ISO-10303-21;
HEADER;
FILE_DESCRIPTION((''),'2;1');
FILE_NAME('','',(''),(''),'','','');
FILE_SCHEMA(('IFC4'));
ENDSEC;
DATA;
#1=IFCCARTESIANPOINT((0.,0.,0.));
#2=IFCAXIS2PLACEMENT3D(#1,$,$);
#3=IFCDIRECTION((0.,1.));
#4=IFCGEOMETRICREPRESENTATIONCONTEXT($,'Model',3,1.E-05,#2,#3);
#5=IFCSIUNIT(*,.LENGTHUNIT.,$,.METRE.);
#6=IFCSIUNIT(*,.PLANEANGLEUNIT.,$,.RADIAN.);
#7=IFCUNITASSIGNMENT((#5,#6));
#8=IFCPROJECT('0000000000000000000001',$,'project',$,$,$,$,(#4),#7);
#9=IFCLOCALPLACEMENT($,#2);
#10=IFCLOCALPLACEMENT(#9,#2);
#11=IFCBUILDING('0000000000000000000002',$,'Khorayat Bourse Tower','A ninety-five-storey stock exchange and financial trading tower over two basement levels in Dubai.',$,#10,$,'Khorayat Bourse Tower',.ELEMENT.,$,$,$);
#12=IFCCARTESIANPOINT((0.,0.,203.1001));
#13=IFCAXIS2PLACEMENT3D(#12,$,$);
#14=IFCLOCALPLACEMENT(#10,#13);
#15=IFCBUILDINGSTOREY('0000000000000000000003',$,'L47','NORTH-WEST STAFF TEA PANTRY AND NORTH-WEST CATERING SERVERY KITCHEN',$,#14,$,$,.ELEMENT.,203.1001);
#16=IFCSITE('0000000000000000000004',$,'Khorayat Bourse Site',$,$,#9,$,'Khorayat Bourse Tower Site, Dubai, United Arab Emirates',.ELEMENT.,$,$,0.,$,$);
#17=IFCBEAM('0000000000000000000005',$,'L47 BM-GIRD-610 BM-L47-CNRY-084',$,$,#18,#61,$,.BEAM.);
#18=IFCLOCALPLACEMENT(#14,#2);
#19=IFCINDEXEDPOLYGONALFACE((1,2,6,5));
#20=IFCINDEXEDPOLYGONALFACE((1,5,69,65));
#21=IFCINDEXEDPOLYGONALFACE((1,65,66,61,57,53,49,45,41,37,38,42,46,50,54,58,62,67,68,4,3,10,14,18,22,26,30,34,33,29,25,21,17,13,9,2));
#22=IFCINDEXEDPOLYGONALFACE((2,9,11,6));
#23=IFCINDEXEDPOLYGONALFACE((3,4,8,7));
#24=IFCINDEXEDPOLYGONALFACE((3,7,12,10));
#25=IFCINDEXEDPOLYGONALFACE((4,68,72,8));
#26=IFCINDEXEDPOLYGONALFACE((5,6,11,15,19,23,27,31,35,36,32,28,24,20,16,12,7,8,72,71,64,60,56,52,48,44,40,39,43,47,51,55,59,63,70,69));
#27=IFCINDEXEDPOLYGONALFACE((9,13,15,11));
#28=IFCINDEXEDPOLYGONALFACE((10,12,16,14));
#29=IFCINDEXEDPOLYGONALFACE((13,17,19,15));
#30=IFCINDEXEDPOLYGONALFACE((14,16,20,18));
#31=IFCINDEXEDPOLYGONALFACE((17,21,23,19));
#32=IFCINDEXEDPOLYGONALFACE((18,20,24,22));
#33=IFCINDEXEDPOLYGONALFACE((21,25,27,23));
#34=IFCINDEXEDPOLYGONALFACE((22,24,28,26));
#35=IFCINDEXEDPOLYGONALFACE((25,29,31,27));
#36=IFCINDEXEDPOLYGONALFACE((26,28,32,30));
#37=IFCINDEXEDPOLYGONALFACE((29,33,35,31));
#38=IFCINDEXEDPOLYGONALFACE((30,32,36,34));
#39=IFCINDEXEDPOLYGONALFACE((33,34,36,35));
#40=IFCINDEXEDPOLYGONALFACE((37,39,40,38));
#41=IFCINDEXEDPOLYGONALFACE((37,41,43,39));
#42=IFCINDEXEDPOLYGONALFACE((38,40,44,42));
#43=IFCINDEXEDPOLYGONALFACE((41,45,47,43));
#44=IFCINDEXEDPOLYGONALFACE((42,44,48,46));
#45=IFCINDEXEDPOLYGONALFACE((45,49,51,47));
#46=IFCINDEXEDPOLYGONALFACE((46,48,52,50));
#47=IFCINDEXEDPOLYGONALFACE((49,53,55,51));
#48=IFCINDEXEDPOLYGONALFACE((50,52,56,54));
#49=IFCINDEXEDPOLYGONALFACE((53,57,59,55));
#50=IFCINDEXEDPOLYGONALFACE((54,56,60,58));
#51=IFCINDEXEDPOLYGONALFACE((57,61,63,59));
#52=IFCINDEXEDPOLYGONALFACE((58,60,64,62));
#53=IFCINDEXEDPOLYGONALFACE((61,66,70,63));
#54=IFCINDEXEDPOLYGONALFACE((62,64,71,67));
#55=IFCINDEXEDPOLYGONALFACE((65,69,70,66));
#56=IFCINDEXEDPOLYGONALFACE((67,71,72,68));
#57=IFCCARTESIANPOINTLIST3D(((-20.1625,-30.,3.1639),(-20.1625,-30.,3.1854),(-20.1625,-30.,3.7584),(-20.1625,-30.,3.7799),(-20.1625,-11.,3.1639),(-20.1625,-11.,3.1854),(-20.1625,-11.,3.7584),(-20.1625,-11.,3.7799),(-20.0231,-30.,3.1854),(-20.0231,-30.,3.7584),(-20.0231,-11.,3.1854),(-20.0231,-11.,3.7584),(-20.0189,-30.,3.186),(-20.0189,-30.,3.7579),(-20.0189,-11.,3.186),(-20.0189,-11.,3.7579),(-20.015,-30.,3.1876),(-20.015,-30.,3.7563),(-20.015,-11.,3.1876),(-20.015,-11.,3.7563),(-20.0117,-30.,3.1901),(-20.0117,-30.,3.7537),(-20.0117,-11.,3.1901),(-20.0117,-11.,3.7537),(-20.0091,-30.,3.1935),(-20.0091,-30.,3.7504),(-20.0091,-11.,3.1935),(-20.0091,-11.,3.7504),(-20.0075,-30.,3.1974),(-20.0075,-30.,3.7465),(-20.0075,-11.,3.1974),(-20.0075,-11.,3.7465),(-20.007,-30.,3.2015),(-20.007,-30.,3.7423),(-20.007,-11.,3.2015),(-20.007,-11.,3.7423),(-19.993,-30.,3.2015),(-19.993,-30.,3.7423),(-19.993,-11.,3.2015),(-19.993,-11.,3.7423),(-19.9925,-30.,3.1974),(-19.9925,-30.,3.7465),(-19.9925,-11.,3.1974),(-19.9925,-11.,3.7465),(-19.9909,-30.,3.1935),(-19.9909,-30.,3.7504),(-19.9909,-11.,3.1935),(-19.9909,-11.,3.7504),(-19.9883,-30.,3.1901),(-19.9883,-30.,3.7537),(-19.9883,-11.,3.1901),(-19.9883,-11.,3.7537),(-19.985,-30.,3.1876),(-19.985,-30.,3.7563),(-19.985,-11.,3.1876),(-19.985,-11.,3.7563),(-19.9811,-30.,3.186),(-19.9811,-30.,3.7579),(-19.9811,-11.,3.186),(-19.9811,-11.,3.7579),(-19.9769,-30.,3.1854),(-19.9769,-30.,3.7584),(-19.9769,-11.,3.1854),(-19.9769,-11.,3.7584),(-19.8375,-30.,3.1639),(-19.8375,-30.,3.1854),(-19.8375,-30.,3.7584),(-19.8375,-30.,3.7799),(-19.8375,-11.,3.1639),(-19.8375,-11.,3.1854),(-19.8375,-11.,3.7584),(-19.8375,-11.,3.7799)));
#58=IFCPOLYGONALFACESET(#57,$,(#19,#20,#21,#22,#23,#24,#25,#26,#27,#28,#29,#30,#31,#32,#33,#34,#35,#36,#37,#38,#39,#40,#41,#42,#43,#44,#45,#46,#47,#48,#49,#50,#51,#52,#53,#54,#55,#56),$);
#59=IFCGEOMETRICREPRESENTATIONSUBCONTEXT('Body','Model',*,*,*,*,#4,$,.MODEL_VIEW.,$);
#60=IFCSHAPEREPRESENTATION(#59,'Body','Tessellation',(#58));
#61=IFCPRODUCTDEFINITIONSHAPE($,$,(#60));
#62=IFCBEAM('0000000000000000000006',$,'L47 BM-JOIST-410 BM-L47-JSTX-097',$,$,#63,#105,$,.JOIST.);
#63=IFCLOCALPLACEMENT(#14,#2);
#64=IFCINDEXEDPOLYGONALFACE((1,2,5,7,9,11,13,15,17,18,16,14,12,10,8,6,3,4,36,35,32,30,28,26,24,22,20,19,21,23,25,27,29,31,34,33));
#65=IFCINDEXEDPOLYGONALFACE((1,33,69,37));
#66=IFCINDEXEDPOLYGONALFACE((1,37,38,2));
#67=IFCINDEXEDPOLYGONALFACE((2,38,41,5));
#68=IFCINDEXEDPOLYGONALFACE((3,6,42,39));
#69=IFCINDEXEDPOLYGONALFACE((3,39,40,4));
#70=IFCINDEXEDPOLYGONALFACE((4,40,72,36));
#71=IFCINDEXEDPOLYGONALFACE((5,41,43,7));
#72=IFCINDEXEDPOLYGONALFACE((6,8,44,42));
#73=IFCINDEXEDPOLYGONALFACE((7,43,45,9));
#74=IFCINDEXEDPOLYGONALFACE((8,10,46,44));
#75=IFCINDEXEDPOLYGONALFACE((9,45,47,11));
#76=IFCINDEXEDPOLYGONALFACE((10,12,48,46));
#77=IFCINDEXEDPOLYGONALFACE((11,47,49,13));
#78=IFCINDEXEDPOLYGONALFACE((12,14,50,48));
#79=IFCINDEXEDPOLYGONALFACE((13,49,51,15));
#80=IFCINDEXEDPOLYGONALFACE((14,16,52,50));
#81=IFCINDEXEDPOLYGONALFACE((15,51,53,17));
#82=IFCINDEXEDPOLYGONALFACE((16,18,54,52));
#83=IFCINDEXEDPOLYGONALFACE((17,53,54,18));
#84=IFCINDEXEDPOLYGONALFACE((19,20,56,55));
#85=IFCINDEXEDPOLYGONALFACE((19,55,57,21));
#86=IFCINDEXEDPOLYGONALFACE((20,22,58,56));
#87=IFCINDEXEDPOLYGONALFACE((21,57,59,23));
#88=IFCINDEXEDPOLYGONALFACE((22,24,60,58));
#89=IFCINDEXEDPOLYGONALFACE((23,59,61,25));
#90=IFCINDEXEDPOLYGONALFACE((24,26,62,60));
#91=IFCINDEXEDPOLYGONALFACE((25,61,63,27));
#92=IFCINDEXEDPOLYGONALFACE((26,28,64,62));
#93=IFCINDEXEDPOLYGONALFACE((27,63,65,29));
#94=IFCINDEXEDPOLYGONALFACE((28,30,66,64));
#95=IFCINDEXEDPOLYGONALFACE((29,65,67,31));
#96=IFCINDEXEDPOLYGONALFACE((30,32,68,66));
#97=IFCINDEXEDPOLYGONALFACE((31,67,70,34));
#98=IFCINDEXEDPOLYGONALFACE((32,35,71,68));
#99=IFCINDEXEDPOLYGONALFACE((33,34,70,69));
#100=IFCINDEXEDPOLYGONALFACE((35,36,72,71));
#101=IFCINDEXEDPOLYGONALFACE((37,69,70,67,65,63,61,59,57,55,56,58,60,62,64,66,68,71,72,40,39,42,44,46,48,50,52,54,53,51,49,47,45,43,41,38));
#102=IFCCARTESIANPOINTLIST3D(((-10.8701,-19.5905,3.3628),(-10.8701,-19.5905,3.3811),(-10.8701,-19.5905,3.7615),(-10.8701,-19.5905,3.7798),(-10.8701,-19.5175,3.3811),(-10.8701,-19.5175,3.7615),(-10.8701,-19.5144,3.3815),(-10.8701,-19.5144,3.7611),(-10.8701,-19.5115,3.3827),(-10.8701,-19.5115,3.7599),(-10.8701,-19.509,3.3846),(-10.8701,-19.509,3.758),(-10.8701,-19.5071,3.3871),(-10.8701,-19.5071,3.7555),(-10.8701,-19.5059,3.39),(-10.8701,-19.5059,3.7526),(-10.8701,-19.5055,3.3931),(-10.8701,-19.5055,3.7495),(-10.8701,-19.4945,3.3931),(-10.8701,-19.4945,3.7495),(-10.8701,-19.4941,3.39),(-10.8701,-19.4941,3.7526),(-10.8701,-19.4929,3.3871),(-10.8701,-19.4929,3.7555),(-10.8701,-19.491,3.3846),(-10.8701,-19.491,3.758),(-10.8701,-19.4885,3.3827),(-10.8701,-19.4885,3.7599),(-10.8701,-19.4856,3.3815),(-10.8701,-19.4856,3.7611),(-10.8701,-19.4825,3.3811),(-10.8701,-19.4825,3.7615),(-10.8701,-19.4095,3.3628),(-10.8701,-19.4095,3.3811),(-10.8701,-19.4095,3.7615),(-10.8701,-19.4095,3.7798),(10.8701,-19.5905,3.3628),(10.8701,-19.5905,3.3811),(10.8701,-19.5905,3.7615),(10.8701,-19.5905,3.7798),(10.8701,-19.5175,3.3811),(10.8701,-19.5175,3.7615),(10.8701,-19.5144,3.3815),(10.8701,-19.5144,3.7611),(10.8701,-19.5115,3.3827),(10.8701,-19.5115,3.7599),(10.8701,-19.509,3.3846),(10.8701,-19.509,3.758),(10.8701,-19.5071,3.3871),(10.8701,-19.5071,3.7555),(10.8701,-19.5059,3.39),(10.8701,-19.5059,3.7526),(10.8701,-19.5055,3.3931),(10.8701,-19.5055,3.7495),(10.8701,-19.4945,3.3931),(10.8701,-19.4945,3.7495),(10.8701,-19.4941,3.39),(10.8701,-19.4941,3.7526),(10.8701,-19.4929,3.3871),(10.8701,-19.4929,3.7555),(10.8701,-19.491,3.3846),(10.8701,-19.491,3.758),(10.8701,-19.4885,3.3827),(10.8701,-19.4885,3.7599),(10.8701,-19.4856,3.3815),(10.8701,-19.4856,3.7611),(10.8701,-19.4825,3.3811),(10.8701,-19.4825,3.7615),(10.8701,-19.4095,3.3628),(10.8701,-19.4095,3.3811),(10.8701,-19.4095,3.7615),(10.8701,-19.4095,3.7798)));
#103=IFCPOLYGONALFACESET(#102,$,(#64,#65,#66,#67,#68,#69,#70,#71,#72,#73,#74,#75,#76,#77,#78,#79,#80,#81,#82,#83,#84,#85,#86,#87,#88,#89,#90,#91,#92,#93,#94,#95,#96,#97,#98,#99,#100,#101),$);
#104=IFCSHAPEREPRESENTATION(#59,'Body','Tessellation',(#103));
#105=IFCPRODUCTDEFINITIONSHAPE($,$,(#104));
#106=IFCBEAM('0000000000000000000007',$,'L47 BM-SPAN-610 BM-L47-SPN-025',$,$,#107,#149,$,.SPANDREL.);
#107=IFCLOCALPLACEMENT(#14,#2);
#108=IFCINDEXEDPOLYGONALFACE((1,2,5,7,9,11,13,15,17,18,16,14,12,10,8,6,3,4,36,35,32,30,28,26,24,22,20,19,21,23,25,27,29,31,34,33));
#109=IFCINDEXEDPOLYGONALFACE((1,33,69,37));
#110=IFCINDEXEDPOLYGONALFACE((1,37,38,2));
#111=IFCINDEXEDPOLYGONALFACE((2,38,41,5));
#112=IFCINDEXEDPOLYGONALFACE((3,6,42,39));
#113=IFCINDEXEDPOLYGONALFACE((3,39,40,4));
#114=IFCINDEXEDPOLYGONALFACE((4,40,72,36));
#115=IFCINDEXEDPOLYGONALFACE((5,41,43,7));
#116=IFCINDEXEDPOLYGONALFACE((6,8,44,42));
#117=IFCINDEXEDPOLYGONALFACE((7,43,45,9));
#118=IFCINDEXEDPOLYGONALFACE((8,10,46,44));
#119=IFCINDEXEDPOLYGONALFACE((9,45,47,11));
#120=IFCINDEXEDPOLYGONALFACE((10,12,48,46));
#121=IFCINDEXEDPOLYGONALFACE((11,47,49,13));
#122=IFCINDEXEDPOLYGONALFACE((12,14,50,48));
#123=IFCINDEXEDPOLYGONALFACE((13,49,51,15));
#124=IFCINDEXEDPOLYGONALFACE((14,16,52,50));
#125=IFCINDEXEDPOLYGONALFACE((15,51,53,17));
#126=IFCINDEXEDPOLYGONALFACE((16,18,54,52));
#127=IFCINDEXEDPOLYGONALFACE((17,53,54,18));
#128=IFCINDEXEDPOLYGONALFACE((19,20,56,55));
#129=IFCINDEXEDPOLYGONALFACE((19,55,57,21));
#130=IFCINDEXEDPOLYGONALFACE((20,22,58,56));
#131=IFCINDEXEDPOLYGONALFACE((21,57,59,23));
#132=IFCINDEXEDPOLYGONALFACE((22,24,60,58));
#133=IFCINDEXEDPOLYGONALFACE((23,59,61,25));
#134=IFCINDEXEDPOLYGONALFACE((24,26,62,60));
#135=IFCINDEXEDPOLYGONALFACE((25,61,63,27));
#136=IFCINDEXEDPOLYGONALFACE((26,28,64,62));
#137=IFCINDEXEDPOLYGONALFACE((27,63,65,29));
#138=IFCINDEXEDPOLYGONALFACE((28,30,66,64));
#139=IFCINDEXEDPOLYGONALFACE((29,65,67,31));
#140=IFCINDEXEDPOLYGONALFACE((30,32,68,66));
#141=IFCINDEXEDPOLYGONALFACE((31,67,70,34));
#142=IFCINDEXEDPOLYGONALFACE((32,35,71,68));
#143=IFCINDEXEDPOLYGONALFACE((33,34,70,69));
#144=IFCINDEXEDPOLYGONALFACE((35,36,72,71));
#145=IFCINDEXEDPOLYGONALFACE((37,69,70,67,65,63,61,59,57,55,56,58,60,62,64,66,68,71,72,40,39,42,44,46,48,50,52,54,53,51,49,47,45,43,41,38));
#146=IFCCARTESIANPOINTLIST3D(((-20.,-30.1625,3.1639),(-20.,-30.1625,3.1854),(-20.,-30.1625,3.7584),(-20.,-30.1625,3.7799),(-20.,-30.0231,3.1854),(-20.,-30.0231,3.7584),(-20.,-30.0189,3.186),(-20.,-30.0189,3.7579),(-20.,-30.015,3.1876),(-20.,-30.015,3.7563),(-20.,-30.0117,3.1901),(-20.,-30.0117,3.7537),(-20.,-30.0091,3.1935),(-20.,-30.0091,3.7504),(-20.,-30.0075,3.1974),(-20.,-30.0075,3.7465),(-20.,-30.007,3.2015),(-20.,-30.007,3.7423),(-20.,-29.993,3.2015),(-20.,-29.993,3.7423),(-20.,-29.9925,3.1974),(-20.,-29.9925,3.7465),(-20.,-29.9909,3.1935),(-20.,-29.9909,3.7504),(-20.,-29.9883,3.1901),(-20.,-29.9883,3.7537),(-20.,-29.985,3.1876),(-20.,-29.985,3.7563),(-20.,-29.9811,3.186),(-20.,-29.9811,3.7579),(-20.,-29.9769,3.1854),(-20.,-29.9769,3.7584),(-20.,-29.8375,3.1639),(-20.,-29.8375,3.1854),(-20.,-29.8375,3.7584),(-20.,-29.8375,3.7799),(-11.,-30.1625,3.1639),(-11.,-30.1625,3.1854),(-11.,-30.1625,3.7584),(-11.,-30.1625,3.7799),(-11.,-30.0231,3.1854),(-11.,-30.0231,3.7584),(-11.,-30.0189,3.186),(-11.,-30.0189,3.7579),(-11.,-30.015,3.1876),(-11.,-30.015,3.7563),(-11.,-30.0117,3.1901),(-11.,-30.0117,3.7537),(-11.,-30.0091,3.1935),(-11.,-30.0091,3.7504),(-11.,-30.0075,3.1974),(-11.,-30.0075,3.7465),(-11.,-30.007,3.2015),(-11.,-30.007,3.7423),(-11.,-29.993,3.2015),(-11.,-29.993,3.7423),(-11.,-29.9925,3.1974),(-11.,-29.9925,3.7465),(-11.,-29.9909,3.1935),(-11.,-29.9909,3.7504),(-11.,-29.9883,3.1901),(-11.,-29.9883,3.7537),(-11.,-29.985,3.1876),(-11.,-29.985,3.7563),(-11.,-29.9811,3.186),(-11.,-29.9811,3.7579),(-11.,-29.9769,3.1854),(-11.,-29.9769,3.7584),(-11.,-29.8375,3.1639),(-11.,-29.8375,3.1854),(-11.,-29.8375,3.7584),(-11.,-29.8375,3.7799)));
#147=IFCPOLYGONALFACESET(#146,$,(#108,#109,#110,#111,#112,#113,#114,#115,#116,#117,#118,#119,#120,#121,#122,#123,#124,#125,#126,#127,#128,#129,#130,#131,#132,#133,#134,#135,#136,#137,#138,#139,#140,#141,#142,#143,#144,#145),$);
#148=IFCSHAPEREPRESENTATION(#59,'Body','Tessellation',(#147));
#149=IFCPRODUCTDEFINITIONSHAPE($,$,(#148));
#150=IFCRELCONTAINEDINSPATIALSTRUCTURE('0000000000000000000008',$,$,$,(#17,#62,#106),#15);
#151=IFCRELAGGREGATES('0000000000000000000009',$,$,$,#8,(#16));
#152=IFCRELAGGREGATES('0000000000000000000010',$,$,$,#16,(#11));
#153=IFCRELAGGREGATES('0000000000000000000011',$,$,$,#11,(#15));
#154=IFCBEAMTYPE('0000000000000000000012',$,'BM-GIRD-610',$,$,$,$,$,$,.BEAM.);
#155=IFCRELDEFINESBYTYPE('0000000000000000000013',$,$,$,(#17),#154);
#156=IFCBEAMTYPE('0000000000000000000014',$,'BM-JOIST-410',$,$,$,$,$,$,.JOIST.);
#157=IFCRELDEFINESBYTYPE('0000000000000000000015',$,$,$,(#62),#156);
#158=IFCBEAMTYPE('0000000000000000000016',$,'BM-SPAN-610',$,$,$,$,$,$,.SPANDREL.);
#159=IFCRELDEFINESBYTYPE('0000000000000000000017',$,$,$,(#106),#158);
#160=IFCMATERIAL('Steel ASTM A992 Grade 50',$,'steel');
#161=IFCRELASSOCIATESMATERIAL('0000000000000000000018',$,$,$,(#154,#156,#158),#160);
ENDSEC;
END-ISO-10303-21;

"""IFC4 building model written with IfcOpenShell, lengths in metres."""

from ifc_helpers import new_model, si_unit, direction, frame, origin, origin_2d, place, context, subcontext, project, spatial, i_section, extrude, source, transform, mapped, material, material_profile, profile_set, type_object, element, save


model = new_model("IFC4")

# Units and contexts
model_context = context("Model", 3, precision=1e-05, world=origin(), true_north=direction((0.0, 1.0)))
body_context = subcontext(model_context, "Body", "Model", "MODEL_VIEW")
ifc_project = project(units=[si_unit("LENGTHUNIT", "METRE"), si_unit("PLANEANGLEUNIT", "RADIAN")], contexts=[model_context])

# Site, building, storey
site_placement = place(None, origin())
site = spatial("IfcSite", under=ifc_project, at=site_placement, Name="Khorayat Bourse Site", LongName="Khorayat Bourse Tower Site, Dubai, United Arab Emirates", CompositionType="ELEMENT", RefElevation=0.0)
building_placement = place(site_placement, origin())
building = spatial("IfcBuilding", under=site, at=building_placement, Name="Khorayat Bourse Tower", Description="A ninety-five-storey stock exchange and financial trading tower over two basement levels in Dubai.", LongName="Khorayat Bourse Tower", CompositionType="ELEMENT")
storey_placement = place(building_placement, frame((0.0, 0.0, 203.1001)))
storey = spatial("IfcBuildingStorey", under=building, at=storey_placement, Name="L47", Description="NORTH-WEST STAFF TEA PANTRY AND NORTH-WEST CATERING SERVERY KITCHEN", CompositionType="ELEMENT", Elevation=203.1001)

# Beams
ifc_material_1 = material(Name="Steel ASTM A992 Grade 50", Category="steel")
ifc_material_profile_1 = material_profile(ifc_material_1, i_section(OverallWidth=0.325, OverallDepth=0.616, WebThickness=0.0139, FlangeThickness=0.0215, FilletRadius=0.0161, at=origin_2d()), Name="W610X174")
ifc_profile_set_1 = profile_set([ifc_material_profile_1], Name="Steel ASTM A992 Grade 50")
beam_type_1 = type_object("IfcBeamType", Name="BM-GIRD-610", PredefinedType="BEAM", material=ifc_profile_set_1)
shared_shape_1 = source(origin(), body_context, "Body", "SweptSolid", [
    extrude(i_section(OverallWidth=0.325, OverallDepth=0.616, WebThickness=0.0139, FlangeThickness=0.0215, FilletRadius=0.0161, at=origin_2d()), origin(), (0.0, 0.0, 1.0), 19.0),
])
beam_1_placement = place(storey_placement, frame((-20.0, -30.0, 3.4719), z_axis=(0.0, 1.0, 0.0), x_axis=(-1.0, 0.0, 0.0)))
element("IfcBeam", 1, at=beam_1_placement, inside=storey, type_object=beam_type_1, Name="L47 BM-GIRD-610 BM-L47-CNRY-084", PredefinedType="BEAM", context=body_context, shape_type="MappedRepresentation", body=[
    mapped(shared_shape_1, transform((0.0, 0.0, 0.0), scale=1.0)),
])
ifc_material_profile_2 = material_profile(ifc_material_1, i_section(OverallWidth=0.1809, OverallDepth=0.417, WebThickness=0.011, FlangeThickness=0.0183, FilletRadius=0.012, at=origin_2d()), Name="W410X85")
ifc_profile_set_2 = profile_set([ifc_material_profile_2], Name="Steel ASTM A992 Grade 50")
beam_type_2 = type_object("IfcBeamType", Name="BM-JOIST-410", PredefinedType="JOIST", material=ifc_profile_set_2)
shared_shape_2 = source(origin(), body_context, "Body", "SweptSolid", [
    extrude(i_section(OverallWidth=0.1809, OverallDepth=0.417, WebThickness=0.011, FlangeThickness=0.0183, FilletRadius=0.012, at=origin_2d()), origin(), (0.0, 0.0, 1.0), 21.7402),
])
beam_2_placement = place(storey_placement, frame((-10.8701, -19.5, 3.5713), z_axis=(1.0, 0.0, 0.0), x_axis=(0.0, 1.0, 0.0)))
element("IfcBeam", 2, at=beam_2_placement, inside=storey, type_object=beam_type_2, Name="L47 BM-JOIST-410 BM-L47-JSTX-097", PredefinedType="JOIST", context=body_context, shape_type="MappedRepresentation", body=[
    mapped(shared_shape_2, transform((0.0, 0.0, 0.0), scale=1.0)),
])
ifc_material_profile_3 = material_profile(ifc_material_1, i_section(OverallWidth=0.325, OverallDepth=0.616, WebThickness=0.0139, FlangeThickness=0.0215, FilletRadius=0.0161, at=origin_2d()), Name="W610X174")
ifc_profile_set_3 = profile_set([ifc_material_profile_3], Name="Steel ASTM A992 Grade 50")
beam_type_3 = type_object("IfcBeamType", Name="BM-SPAN-610", PredefinedType="SPANDREL", material=ifc_profile_set_3)
shared_shape_3 = source(origin(), body_context, "Body", "SweptSolid", [
    extrude(i_section(OverallWidth=0.325, OverallDepth=0.616, WebThickness=0.0139, FlangeThickness=0.0215, FilletRadius=0.0161, at=origin_2d()), origin(), (0.0, 0.0, 1.0), 9.0),
])
beam_3_placement = place(storey_placement, frame((-20.0, -30.0, 3.4719), z_axis=(1.0, 0.0, 0.0), x_axis=(0.0, 1.0, 0.0)))
element("IfcBeam", 3, at=beam_3_placement, inside=storey, type_object=beam_type_3, Name="L47 BM-SPAN-610 BM-L47-SPN-025", PredefinedType="SPANDREL", context=body_context, shape_type="MappedRepresentation", body=[
    mapped(shared_shape_3, transform((0.0, 0.0, 0.0), scale=1.0)),
])

save(model, "model.ifc")
